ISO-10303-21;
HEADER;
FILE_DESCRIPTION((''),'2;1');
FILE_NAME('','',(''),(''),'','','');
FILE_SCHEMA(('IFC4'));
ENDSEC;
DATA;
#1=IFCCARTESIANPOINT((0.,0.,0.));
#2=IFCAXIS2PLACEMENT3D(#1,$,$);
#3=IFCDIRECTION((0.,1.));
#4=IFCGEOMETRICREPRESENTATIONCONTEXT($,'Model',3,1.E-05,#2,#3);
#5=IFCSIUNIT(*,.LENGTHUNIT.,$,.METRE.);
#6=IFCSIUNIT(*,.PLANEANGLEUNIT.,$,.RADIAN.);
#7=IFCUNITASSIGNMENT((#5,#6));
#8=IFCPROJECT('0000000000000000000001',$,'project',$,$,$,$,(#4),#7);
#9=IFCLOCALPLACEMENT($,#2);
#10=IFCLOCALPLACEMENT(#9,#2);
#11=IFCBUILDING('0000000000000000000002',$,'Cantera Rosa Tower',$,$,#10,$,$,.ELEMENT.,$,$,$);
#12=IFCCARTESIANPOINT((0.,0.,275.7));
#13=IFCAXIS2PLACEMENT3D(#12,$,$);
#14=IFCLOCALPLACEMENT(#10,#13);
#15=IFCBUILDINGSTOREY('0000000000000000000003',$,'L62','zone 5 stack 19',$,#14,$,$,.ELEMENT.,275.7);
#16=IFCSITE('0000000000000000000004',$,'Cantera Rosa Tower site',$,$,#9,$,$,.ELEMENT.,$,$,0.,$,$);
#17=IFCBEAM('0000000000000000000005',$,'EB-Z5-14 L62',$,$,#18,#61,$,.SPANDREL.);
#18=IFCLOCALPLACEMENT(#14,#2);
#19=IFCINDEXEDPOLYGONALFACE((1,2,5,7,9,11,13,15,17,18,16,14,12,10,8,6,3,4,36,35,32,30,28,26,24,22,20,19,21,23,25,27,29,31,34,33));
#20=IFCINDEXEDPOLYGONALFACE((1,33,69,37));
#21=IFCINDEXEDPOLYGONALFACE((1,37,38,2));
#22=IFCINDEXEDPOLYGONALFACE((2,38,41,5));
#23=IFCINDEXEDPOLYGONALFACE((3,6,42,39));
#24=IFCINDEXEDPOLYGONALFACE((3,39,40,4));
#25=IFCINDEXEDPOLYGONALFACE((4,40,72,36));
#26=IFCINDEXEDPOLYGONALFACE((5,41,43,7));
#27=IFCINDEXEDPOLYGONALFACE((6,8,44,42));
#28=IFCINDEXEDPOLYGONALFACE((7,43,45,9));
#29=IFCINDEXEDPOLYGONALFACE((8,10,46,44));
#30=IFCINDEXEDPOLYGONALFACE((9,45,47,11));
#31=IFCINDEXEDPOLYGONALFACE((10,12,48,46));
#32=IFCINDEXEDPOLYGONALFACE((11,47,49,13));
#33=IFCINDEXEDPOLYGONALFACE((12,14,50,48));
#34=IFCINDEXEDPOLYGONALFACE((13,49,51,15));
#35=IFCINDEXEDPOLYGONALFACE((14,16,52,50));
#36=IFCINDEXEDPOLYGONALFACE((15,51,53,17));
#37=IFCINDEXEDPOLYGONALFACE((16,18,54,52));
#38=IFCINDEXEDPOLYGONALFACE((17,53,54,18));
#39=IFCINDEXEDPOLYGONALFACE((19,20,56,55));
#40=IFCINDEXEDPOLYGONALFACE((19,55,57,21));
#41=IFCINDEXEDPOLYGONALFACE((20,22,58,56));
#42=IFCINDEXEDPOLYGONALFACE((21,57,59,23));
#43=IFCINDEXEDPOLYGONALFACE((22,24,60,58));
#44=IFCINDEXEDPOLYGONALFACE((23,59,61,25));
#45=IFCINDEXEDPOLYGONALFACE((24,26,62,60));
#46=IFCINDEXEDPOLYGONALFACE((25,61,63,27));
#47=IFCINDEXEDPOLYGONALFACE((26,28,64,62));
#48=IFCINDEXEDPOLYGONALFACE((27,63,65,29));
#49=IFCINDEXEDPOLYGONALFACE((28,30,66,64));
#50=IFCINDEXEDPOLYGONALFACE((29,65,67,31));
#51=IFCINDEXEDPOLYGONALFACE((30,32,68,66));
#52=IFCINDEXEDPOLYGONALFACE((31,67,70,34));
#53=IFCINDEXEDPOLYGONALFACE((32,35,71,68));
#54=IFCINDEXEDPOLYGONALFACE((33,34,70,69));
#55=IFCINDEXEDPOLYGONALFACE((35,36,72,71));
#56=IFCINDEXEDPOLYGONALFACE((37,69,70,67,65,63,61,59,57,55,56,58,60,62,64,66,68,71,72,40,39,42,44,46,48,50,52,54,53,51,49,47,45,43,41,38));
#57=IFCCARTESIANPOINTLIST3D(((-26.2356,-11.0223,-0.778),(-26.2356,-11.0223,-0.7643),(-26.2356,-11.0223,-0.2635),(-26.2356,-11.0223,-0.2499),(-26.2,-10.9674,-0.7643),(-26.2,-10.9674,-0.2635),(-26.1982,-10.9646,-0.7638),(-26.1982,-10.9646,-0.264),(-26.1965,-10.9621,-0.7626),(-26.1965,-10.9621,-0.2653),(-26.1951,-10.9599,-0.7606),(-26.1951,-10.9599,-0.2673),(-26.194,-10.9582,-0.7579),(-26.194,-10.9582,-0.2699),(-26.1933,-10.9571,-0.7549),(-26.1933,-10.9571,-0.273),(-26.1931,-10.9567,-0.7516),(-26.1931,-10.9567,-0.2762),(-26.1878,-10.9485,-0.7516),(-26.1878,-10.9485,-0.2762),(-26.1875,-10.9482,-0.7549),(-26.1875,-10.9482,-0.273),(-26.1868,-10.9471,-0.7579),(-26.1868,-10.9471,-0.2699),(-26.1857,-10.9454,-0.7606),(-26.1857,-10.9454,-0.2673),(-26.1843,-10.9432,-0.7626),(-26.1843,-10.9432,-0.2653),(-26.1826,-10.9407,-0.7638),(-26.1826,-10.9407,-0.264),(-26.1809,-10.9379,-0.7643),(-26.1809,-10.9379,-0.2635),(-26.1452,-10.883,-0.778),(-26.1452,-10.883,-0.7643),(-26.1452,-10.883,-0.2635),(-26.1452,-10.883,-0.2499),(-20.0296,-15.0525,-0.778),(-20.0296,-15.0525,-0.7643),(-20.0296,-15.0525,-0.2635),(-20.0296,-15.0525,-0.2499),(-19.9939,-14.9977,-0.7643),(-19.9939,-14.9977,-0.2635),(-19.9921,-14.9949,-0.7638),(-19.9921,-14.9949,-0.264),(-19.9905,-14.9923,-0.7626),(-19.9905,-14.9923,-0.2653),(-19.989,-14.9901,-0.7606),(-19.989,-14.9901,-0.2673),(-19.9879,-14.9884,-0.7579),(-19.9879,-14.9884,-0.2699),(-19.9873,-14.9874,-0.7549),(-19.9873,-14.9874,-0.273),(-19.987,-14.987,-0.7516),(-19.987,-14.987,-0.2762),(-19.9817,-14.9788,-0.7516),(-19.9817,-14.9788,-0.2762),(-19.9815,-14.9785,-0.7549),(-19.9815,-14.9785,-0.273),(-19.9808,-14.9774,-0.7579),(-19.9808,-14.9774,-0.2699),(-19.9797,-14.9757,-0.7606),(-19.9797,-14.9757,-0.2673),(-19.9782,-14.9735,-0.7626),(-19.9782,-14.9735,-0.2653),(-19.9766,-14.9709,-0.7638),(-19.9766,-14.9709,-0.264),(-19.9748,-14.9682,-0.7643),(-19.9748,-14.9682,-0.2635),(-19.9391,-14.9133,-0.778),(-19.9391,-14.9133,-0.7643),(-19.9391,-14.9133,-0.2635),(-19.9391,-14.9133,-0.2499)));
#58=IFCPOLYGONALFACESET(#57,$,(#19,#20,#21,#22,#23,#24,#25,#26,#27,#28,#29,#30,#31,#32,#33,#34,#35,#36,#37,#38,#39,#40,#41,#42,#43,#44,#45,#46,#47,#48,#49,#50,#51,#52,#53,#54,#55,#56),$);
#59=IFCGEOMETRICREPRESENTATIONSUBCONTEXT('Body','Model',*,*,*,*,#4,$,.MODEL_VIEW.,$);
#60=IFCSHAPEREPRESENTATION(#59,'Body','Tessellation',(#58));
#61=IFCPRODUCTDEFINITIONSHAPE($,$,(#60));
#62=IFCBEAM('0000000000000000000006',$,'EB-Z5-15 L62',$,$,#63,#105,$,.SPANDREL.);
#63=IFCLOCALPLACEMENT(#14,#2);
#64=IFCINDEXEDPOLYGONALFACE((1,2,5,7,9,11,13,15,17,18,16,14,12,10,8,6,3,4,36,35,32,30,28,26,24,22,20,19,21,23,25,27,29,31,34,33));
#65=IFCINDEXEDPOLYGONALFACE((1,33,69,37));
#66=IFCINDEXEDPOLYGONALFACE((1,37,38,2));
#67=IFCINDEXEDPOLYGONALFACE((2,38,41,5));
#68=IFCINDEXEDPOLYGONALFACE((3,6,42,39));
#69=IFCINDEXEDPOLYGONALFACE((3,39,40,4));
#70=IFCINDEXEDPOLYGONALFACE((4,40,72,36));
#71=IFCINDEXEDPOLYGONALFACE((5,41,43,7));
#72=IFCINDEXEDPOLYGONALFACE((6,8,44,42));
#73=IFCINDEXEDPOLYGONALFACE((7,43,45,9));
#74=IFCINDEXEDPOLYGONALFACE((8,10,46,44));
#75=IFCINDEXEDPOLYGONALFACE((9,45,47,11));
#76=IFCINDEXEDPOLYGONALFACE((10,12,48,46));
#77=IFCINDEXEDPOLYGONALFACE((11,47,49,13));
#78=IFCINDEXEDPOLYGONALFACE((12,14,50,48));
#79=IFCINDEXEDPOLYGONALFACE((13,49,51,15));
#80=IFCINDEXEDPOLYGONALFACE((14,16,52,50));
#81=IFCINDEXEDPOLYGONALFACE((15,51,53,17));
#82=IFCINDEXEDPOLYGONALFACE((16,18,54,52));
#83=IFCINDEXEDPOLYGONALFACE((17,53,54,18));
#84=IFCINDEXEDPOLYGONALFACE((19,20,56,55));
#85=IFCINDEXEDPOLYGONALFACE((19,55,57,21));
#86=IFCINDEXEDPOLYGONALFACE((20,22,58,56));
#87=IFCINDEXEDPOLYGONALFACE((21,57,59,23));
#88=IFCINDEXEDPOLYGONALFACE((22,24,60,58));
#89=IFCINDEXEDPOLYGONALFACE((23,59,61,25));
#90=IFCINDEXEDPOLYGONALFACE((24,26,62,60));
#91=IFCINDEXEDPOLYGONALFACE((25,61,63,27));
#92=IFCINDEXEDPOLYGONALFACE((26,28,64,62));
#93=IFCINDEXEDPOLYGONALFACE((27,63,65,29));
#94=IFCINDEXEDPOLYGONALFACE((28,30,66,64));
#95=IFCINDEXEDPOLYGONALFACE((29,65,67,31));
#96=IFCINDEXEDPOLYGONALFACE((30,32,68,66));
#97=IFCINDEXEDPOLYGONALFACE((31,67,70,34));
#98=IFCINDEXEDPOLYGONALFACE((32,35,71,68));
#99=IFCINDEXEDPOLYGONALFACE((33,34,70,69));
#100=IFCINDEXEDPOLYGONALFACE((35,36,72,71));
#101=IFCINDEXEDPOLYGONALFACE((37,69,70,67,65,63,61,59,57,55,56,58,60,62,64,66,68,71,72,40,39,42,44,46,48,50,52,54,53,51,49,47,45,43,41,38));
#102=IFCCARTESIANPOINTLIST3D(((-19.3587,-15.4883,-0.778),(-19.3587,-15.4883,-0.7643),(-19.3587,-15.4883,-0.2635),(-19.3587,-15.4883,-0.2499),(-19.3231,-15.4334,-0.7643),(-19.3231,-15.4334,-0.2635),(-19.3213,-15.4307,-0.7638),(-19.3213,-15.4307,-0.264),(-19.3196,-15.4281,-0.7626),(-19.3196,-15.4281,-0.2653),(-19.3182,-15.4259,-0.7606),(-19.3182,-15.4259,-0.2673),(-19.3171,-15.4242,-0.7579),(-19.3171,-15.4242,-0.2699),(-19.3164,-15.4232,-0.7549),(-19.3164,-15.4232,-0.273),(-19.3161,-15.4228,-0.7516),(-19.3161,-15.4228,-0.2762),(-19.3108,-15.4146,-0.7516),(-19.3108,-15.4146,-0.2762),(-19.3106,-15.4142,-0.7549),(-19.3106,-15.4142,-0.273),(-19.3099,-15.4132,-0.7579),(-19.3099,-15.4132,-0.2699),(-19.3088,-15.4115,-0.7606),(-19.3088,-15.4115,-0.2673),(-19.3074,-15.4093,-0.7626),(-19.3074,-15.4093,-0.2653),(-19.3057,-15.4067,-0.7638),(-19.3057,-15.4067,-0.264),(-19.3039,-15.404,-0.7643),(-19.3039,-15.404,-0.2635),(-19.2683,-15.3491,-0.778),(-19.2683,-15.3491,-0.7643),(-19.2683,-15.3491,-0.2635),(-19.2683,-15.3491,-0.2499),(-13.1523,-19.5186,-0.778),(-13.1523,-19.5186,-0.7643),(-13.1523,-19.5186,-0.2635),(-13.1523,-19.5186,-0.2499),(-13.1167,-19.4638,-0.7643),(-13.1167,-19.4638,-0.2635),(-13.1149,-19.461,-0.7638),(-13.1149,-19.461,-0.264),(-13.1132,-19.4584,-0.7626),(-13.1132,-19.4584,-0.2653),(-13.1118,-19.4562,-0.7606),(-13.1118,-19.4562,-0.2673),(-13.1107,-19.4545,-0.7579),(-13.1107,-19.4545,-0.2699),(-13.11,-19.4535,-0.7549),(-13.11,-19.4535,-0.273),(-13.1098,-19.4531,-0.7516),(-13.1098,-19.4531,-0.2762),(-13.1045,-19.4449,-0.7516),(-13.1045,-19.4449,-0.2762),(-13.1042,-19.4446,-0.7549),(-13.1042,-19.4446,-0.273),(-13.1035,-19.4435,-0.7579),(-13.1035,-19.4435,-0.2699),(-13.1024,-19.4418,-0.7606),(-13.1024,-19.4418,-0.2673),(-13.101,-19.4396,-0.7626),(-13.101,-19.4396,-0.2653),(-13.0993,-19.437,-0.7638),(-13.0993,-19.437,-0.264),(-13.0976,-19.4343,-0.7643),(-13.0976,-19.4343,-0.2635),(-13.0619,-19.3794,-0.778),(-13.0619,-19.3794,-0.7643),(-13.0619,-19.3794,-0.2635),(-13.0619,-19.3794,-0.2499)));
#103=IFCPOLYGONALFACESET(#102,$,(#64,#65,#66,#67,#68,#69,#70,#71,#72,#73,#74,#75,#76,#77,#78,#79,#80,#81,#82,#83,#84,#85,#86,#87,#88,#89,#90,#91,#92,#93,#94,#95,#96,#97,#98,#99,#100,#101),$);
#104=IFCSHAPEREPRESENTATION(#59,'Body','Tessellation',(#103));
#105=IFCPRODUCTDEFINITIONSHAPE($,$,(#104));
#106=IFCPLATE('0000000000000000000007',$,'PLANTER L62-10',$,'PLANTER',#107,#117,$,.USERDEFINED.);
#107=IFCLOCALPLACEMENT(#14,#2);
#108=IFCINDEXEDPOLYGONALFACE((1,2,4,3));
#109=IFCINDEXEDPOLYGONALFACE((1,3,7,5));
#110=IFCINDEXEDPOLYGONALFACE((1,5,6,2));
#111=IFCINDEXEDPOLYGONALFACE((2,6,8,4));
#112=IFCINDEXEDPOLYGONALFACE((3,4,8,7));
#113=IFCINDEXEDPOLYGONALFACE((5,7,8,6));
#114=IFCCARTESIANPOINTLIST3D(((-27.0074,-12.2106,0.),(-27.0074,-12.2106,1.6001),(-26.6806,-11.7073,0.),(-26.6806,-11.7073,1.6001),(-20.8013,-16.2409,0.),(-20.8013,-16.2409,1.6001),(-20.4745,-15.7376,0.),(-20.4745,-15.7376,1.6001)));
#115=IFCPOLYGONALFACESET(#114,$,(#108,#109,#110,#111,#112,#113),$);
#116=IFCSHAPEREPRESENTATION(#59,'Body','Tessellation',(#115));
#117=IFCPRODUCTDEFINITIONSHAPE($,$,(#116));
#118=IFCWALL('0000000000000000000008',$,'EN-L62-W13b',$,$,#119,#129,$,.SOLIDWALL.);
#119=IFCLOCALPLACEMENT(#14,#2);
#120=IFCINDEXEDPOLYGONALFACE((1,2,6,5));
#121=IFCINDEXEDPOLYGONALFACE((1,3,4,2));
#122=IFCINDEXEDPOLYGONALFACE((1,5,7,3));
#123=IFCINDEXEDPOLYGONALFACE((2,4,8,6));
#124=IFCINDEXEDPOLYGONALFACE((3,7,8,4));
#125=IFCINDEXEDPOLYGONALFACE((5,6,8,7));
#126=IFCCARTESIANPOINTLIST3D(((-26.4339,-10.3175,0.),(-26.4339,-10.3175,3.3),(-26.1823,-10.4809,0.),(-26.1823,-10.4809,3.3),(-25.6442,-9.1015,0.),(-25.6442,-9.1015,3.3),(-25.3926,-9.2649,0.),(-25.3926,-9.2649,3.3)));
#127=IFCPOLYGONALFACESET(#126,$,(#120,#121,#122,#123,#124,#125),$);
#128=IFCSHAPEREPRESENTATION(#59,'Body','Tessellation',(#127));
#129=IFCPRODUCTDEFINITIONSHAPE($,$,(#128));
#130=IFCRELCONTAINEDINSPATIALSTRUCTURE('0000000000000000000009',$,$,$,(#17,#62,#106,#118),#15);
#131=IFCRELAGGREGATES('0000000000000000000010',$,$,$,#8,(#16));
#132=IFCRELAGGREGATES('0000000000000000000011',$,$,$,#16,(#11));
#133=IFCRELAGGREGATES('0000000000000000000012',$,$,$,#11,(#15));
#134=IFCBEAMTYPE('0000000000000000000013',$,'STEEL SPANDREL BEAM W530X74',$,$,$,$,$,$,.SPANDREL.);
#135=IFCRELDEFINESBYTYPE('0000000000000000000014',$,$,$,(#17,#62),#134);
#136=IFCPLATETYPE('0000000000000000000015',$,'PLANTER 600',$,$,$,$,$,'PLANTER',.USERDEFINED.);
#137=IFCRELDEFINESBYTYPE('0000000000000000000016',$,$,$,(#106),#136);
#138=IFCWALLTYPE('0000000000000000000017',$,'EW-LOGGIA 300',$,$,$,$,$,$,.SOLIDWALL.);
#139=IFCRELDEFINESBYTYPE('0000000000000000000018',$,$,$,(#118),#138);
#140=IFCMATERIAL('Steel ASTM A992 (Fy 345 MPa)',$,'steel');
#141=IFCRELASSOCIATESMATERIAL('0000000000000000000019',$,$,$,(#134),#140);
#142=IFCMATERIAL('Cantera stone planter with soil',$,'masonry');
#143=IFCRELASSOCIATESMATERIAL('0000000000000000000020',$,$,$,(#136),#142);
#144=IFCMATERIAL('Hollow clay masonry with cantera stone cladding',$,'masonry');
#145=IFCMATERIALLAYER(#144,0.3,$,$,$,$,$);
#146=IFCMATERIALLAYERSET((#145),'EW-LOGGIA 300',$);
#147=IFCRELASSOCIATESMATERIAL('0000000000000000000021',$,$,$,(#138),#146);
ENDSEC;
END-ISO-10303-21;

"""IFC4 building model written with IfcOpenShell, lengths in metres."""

from ifc_helpers import new_model, si_unit, direction, frame, frame_2d, origin, origin_2d, place, context, subcontext, project, spatial, rectangle, i_section, extrude, material, layer, layer_set, material_profile, profile_set, type_object, element, save


model = new_model("IFC4")

# Units and contexts
model_context = context("Model", 3, precision=1e-05, world=origin(), true_north=direction((0.0, 1.0)))
body_context = subcontext(model_context, "Body", "Model", "MODEL_VIEW")
ifc_project = project(units=[si_unit("LENGTHUNIT", "METRE"), si_unit("PLANEANGLEUNIT", "RADIAN")], contexts=[model_context])

# Site, building, storey
site_placement = place(None, origin())
site = spatial("IfcSite", under=ifc_project, at=site_placement, Name="Cantera Rosa Tower site", CompositionType="ELEMENT", RefElevation=0.0)
building_placement = place(site_placement, origin())
building = spatial("IfcBuilding", under=site, at=building_placement, Name="Cantera Rosa Tower", CompositionType="ELEMENT")
storey_placement = place(building_placement, frame((0.0, 0.0, 275.7)))
storey = spatial("IfcBuildingStorey", under=building, at=storey_placement, Name="L62", Description="zone 5 stack 19", CompositionType="ELEMENT", Elevation=275.7)

# Beams
ifc_material_1 = material(Name="Steel ASTM A992 (Fy 345 MPa)", Category="steel")
ifc_material_profile_1 = material_profile(ifc_material_1, i_section(OverallWidth=0.166, OverallDepth=0.5281, WebThickness=0.0098, FlangeThickness=0.0137, FilletRadius=0.0127, at=origin_2d()), Name="W530X74")
ifc_profile_set_1 = profile_set([ifc_material_profile_1], Name="Steel ASTM A992 (Fy 345 MPa)")
beam_type_1 = type_object("IfcBeamType", Name="STEEL SPANDREL BEAM W530X74", PredefinedType="SPANDREL", material=ifc_profile_set_1)
beam_1_placement = place(storey_placement, frame((-26.1904, -10.9526, -0.5139), z_axis=(0.83867, -0.54464, 0.0), x_axis=(0.54464, 0.83867, 0.0)))
element("IfcBeam", 1, at=beam_1_placement, inside=storey, type_object=beam_type_1, Name="EB-Z5-14 L62", PredefinedType="SPANDREL", context=body_context, shape_type="SweptSolid", body=[
    extrude(i_section(OverallWidth=0.166, OverallDepth=0.5281, WebThickness=0.0098, FlangeThickness=0.0137, FilletRadius=0.0127, at=origin_2d()), origin(), (0.0, 0.0, 1.0), 7.3999),
])
beam_2_placement = place(storey_placement, frame((-19.3135, -15.4187, -0.5139), z_axis=(0.838679, -0.544625, 0.0), x_axis=(0.544625, 0.838679, 0.0)))
element("IfcBeam", 2, at=beam_2_placement, inside=storey, type_object=beam_type_1, Name="EB-Z5-15 L62", PredefinedType="SPANDREL", context=body_context, shape_type="SweptSolid", body=[
    extrude(i_section(OverallWidth=0.166, OverallDepth=0.5281, WebThickness=0.0098, FlangeThickness=0.0137, FilletRadius=0.0127, at=origin_2d()), origin(), (0.0, 0.0, 1.0), 7.4001),
])

# Plate
ifc_material_2 = material(Name="Cantera stone planter with soil", Category="masonry")
plate_type = type_object("IfcPlateType", Name="PLANTER 600", ElementType="PLANTER", PredefinedType="USERDEFINED", material=ifc_material_2)
plate_placement = place(storey_placement, frame((-23.741, -13.9741, 0.0), z_axis=(0.0, 0.0, 1.0), x_axis=(0.838671, -0.544639, 0.0)))
element("IfcPlate", 3, at=plate_placement, inside=storey, type_object=plate_type, Name="PLANTER L62-10", ObjectType="PLANTER", PredefinedType="USERDEFINED", context=body_context, shape_type="SweptSolid", body=[
    extrude(rectangle(XDim=7.3999, YDim=0.6001, at=origin_2d()), origin(), (0.0, 0.0, 1.0), 1.6001),
])

# Wall
ifc_material_3 = material(Name="Hollow clay masonry with cantera stone cladding", Category="masonry")
ifc_layer_1 = layer(ifc_material_3, 0.3)
ifc_layer_set_1 = layer_set([ifc_layer_1], Name="EW-LOGGIA 300")
wall_type_1 = type_object("IfcWallType", Name="EW-LOGGIA 300", PredefinedType="SOLIDWALL", material=ifc_layer_set_1)
wall_1_placement = place(storey_placement, frame((-25.5183, -9.1831, 0.0), z_axis=(0.0, 0.0, 1.0), x_axis=(-0.544675, -0.838647, 0.0)))
element("IfcWall", 4, at=wall_1_placement, inside=storey, type_object=wall_type_1, Name="EN-L62-W13b", PredefinedType="SOLIDWALL", context=body_context, shape_type="SweptSolid", body=[
    extrude(rectangle(XDim=1.45, YDim=0.3, at=frame_2d((0.7251, 0.0))), origin(), (0.0, 0.0, 1.0), 3.3),
])

save(model, "model.ifc")
